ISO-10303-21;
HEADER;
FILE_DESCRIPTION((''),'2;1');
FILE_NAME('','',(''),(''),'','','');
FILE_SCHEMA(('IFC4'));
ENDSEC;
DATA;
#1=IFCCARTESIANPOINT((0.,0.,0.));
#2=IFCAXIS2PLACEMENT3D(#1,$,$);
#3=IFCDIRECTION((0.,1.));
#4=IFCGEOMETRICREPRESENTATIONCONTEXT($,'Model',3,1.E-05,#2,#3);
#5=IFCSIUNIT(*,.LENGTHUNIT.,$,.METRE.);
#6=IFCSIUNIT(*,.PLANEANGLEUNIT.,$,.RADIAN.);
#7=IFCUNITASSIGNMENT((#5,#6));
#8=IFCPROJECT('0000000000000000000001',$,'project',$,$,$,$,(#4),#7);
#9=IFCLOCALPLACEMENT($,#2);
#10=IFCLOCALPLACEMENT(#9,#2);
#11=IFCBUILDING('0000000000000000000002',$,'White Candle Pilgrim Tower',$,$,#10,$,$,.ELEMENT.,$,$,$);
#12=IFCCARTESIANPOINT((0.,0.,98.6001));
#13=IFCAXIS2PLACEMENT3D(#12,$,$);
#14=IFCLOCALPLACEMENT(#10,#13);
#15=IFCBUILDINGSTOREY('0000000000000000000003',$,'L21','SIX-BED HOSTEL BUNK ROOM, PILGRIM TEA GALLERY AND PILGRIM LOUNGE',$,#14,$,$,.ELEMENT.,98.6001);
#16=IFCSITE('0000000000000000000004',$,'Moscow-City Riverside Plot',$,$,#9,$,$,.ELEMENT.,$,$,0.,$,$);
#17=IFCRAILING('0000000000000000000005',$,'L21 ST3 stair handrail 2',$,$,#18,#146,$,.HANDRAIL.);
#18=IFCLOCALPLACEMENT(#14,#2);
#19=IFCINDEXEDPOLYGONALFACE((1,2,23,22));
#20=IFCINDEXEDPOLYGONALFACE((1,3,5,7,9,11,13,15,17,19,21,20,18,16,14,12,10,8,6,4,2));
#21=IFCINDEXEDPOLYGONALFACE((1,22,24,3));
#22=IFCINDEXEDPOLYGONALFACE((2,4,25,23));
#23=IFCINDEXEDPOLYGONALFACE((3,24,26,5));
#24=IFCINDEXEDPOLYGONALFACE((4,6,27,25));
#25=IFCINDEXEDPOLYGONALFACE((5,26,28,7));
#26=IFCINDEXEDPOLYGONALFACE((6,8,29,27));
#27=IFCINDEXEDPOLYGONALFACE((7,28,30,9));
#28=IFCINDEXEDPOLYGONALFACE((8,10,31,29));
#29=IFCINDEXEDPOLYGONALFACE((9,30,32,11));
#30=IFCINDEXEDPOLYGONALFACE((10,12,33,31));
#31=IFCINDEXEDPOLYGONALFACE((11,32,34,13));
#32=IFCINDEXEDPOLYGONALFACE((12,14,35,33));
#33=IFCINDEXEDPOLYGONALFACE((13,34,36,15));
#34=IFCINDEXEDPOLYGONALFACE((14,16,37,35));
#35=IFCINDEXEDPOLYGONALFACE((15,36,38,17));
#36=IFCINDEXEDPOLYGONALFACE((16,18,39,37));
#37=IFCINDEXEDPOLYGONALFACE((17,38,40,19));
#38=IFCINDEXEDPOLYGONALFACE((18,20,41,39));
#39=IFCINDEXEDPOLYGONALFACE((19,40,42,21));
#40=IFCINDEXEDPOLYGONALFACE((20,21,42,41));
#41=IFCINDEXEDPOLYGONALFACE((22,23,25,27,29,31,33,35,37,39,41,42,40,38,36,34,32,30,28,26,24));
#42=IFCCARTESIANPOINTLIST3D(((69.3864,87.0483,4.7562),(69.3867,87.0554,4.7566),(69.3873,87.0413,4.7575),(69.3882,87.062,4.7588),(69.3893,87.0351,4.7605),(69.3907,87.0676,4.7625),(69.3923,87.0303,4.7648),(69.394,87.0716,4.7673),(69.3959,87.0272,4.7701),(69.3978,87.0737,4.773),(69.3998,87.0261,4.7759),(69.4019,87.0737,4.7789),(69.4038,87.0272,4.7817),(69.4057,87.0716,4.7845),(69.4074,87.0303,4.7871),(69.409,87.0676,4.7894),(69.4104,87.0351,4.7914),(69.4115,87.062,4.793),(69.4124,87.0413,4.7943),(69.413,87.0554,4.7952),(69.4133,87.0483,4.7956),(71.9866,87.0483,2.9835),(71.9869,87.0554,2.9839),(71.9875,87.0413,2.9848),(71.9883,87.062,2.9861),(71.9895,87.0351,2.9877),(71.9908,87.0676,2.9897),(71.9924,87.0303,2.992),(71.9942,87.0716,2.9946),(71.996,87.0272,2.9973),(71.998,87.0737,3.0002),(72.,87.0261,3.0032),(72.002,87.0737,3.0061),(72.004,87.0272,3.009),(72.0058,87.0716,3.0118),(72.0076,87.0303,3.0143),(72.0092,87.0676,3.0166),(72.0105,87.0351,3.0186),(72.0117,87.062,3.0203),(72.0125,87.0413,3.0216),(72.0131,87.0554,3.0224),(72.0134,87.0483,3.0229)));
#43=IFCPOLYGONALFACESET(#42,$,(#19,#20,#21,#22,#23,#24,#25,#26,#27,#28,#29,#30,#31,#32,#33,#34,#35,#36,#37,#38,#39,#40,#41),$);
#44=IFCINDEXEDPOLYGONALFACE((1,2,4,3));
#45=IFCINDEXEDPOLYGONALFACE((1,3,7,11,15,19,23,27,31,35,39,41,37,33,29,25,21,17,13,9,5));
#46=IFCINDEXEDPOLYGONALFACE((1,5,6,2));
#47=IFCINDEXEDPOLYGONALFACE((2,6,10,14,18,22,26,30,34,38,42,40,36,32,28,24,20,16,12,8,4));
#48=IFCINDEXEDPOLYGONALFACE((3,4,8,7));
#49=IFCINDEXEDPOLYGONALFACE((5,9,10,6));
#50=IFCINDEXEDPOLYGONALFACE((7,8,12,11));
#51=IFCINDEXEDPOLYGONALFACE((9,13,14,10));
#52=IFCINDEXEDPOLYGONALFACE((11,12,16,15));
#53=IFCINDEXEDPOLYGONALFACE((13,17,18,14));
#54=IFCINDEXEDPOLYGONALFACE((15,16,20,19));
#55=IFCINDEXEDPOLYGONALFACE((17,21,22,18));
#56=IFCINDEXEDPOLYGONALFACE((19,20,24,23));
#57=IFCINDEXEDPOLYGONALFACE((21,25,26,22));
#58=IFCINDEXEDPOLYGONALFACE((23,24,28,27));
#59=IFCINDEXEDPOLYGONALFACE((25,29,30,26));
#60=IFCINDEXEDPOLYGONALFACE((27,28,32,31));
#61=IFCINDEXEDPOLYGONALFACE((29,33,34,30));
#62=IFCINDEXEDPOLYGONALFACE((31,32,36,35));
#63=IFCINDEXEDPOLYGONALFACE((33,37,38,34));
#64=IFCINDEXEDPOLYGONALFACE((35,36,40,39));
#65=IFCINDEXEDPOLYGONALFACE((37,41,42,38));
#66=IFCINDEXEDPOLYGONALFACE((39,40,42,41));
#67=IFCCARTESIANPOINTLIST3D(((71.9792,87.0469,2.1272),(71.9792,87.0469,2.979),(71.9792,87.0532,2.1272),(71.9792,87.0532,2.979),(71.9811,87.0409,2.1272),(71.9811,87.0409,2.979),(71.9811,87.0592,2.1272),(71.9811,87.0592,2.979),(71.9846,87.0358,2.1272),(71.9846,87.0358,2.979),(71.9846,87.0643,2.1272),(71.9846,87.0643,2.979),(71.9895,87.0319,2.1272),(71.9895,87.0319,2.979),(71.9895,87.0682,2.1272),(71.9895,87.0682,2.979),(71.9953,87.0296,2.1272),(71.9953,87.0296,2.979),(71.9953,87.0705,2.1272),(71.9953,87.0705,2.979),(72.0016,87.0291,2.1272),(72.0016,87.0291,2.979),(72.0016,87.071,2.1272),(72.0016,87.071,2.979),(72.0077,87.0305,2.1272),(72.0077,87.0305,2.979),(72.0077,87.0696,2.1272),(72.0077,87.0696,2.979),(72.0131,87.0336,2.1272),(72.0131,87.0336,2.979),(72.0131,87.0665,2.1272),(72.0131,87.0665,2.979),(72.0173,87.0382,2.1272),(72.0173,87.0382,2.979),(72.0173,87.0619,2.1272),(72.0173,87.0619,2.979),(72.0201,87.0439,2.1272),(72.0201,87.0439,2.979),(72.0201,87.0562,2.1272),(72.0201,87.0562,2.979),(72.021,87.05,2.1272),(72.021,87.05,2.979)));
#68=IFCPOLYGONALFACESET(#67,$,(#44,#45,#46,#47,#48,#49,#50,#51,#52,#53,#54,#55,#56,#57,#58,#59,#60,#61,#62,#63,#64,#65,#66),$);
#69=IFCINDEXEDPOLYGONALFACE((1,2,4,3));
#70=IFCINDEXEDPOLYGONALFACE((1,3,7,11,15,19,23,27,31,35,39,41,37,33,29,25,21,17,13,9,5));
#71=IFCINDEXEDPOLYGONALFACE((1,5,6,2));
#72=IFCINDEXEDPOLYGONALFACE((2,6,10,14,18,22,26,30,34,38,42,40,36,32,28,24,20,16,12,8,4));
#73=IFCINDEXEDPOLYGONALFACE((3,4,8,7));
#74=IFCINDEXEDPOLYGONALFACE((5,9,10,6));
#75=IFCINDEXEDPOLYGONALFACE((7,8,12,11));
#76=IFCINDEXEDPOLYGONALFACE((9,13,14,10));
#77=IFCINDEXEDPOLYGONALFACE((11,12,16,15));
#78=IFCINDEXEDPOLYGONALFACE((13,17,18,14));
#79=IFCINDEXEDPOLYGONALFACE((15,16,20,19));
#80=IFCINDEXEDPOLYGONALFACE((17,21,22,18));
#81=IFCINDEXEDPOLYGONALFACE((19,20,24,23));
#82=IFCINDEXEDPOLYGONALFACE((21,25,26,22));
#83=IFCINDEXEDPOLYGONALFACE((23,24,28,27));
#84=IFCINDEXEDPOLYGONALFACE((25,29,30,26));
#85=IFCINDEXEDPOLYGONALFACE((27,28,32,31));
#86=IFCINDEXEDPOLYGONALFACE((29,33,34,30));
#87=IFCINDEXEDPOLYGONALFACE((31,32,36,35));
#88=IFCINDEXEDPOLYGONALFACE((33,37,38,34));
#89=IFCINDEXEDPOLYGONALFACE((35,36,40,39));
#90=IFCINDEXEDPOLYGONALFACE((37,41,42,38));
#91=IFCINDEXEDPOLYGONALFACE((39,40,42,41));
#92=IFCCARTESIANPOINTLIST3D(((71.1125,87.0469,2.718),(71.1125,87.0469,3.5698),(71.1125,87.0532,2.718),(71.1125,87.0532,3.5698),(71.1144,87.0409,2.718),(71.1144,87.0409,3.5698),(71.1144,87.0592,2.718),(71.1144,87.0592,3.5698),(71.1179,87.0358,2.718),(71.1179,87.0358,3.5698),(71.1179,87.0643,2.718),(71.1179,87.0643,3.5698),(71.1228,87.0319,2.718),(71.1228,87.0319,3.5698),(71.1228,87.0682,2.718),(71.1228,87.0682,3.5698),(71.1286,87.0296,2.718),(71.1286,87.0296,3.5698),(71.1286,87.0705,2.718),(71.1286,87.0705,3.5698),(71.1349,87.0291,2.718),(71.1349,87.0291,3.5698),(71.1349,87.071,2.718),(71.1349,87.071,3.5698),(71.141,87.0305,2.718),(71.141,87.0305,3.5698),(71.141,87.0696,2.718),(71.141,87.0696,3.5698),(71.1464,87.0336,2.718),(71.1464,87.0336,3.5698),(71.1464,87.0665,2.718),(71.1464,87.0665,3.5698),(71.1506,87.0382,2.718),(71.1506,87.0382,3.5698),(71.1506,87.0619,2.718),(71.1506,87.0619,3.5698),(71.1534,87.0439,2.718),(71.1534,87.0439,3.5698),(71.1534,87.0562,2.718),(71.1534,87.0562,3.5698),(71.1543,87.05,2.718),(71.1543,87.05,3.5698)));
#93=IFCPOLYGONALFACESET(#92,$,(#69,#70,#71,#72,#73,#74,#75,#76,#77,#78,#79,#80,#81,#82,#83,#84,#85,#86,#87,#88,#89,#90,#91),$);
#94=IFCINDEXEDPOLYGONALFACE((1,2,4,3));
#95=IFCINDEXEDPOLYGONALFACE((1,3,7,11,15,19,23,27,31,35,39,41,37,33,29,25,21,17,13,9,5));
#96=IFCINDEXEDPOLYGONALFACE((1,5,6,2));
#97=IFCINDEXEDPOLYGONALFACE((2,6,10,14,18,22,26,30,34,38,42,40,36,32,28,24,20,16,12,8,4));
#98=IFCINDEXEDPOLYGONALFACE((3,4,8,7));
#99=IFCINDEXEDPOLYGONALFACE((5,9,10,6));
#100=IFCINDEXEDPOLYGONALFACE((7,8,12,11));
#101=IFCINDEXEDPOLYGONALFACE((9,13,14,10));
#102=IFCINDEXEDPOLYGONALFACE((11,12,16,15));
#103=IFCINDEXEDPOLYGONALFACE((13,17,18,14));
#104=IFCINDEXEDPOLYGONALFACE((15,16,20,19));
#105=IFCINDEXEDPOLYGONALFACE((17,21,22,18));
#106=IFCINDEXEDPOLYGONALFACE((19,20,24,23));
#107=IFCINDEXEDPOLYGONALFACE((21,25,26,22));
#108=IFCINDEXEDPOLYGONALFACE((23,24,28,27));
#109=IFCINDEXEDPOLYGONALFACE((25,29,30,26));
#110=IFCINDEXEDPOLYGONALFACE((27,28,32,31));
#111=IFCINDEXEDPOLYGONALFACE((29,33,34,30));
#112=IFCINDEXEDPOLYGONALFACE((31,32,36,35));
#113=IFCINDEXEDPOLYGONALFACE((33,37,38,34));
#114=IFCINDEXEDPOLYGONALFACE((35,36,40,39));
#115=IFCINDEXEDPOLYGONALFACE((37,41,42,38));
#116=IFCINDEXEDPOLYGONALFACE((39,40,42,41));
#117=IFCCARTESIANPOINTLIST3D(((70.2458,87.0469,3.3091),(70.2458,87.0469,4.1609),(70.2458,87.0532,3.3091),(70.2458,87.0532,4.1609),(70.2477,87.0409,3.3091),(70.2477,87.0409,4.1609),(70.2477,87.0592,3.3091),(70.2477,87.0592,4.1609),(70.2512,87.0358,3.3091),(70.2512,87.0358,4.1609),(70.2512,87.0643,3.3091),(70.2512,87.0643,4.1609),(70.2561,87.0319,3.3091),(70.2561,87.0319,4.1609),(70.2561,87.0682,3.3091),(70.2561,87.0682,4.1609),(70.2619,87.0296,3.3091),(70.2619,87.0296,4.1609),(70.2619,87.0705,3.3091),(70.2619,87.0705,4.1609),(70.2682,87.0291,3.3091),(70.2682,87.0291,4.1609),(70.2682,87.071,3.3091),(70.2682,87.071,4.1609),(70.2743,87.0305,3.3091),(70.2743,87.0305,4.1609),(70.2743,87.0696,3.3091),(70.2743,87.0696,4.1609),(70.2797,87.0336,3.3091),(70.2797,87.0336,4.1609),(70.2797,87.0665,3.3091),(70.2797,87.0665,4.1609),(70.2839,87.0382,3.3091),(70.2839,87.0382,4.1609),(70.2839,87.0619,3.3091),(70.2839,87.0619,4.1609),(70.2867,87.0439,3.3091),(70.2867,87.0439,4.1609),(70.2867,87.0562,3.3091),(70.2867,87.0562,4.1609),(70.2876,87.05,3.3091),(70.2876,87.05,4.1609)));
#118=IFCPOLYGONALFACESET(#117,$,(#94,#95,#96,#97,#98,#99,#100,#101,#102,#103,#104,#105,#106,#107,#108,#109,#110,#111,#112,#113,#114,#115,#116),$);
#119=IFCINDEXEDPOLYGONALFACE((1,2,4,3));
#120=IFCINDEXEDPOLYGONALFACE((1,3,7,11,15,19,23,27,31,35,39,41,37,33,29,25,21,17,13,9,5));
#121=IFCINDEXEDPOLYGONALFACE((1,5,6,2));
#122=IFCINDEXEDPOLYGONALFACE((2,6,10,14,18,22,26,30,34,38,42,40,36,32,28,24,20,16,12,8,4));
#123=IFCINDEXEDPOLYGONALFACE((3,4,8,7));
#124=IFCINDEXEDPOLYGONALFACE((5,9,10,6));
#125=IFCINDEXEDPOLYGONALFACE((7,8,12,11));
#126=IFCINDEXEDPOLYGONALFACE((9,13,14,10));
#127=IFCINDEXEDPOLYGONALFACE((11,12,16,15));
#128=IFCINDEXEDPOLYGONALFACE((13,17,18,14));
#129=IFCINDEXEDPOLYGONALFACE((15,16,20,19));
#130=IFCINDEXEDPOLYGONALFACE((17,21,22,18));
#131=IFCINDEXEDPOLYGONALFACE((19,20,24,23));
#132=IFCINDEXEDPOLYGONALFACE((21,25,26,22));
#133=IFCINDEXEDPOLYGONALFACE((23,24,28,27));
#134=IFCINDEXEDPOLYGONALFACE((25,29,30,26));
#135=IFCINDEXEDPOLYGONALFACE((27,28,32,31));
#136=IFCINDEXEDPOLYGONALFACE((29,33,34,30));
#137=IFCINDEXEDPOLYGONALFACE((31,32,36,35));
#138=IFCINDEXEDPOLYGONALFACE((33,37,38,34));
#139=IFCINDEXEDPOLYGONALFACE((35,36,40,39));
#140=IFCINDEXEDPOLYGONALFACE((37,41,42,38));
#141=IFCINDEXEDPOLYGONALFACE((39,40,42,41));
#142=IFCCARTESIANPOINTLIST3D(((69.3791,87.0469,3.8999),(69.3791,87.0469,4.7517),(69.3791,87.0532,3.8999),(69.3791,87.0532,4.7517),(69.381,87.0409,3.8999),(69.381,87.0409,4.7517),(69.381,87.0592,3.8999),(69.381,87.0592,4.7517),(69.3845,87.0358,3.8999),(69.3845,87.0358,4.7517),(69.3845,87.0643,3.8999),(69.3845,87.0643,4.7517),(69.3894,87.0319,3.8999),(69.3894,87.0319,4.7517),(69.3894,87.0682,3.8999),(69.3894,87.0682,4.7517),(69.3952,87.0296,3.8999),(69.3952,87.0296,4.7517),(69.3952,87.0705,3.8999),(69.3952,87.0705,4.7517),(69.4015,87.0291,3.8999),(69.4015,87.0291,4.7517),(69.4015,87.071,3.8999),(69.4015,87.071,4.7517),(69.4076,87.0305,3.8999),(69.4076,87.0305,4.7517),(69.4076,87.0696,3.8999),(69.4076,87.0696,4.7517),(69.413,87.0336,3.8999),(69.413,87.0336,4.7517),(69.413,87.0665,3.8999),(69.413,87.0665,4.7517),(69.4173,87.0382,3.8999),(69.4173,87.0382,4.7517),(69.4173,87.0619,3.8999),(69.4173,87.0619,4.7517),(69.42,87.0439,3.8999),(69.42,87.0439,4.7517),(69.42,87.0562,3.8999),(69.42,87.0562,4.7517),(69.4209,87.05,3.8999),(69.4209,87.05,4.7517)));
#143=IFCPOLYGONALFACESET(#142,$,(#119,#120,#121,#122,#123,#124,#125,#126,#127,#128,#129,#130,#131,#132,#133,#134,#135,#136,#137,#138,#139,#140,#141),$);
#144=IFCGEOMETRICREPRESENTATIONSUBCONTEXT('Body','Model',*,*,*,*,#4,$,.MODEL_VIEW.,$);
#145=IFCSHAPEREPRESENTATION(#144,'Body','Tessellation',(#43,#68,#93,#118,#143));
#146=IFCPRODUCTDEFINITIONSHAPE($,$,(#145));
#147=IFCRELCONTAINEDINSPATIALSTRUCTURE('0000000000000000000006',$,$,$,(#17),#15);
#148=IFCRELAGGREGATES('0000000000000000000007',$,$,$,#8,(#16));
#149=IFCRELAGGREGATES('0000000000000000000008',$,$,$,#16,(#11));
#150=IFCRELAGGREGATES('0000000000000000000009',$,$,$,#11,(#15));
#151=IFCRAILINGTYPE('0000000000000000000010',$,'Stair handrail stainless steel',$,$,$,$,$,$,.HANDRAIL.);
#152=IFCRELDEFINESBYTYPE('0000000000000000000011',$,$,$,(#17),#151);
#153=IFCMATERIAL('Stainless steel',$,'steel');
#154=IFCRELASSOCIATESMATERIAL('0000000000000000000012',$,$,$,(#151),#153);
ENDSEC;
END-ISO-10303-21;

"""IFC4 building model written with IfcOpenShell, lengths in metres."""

from ifc_helpers import new_model, si_unit, direction, frame, origin, origin_2d, place, context, subcontext, project, spatial, circle, extrude, material, type_object, element, save


model = new_model("IFC4")

# Units and contexts
model_context = context("Model", 3, precision=1e-05, world=origin(), true_north=direction((0.0, 1.0)))
body_context = subcontext(model_context, "Body", "Model", "MODEL_VIEW")
ifc_project = project(units=[si_unit("LENGTHUNIT", "METRE"), si_unit("PLANEANGLEUNIT", "RADIAN")], contexts=[model_context])

# Site, building, storey
site_placement = place(None, origin())
site = spatial("IfcSite", under=ifc_project, at=site_placement, Name="Moscow-City Riverside Plot", CompositionType="ELEMENT", RefElevation=0.0)
building_placement = place(site_placement, origin())
building = spatial("IfcBuilding", under=site, at=building_placement, Name="White Candle Pilgrim Tower", CompositionType="ELEMENT")
storey_placement = place(building_placement, frame((0.0, 0.0, 98.6001)))
storey = spatial("IfcBuildingStorey", under=building, at=storey_placement, Name="L21", Description="SIX-BED HOSTEL BUNK ROOM, PILGRIM TEA GALLERY AND PILGRIM LOUNGE", CompositionType="ELEMENT", Elevation=98.6001)

# Railing
ifc_material_1 = material(Name="Stainless steel", Category="steel")
railing_type_1 = type_object("IfcRailingType", Name="Stair handrail stainless steel", PredefinedType="HANDRAIL", material=ifc_material_1)
railing_1_placement = place(storey_placement, frame((72.0, 87.05, 2.1272)))
element("IfcRailing", 1, at=railing_1_placement, inside=storey, type_object=railing_type_1, Name="L21 ST3 stair handrail 2", PredefinedType="HANDRAIL", context=body_context, shape_type="SweptSolid", body=[
    extrude(circle(Radius=0.0239, at=origin_2d()), frame((0.0, 0.0, 0.876), z_axis=(-0.82624, 0.0, 0.563318), x_axis=(0.0, -1.0, 0.0)), (0.0, 0.0, 1.0), 3.147),
    extrude(circle(Radius=0.021, at=origin_2d()), origin(), (0.0, 0.0, 1.0), 0.8518),
    extrude(circle(Radius=0.021, at=origin_2d()), frame((-0.8667, 0.0, 0.5908)), (0.0, 0.0, 1.0), 0.8518),
    extrude(circle(Radius=0.021, at=origin_2d()), frame((-1.7334, 0.0, 1.1819)), (0.0, 0.0, 1.0), 0.8518),
    extrude(circle(Radius=0.021, at=origin_2d()), frame((-2.6001, 0.0, 1.7727)), (0.0, 0.0, 1.0), 0.8518),
])

save(model, "model.ifc")
